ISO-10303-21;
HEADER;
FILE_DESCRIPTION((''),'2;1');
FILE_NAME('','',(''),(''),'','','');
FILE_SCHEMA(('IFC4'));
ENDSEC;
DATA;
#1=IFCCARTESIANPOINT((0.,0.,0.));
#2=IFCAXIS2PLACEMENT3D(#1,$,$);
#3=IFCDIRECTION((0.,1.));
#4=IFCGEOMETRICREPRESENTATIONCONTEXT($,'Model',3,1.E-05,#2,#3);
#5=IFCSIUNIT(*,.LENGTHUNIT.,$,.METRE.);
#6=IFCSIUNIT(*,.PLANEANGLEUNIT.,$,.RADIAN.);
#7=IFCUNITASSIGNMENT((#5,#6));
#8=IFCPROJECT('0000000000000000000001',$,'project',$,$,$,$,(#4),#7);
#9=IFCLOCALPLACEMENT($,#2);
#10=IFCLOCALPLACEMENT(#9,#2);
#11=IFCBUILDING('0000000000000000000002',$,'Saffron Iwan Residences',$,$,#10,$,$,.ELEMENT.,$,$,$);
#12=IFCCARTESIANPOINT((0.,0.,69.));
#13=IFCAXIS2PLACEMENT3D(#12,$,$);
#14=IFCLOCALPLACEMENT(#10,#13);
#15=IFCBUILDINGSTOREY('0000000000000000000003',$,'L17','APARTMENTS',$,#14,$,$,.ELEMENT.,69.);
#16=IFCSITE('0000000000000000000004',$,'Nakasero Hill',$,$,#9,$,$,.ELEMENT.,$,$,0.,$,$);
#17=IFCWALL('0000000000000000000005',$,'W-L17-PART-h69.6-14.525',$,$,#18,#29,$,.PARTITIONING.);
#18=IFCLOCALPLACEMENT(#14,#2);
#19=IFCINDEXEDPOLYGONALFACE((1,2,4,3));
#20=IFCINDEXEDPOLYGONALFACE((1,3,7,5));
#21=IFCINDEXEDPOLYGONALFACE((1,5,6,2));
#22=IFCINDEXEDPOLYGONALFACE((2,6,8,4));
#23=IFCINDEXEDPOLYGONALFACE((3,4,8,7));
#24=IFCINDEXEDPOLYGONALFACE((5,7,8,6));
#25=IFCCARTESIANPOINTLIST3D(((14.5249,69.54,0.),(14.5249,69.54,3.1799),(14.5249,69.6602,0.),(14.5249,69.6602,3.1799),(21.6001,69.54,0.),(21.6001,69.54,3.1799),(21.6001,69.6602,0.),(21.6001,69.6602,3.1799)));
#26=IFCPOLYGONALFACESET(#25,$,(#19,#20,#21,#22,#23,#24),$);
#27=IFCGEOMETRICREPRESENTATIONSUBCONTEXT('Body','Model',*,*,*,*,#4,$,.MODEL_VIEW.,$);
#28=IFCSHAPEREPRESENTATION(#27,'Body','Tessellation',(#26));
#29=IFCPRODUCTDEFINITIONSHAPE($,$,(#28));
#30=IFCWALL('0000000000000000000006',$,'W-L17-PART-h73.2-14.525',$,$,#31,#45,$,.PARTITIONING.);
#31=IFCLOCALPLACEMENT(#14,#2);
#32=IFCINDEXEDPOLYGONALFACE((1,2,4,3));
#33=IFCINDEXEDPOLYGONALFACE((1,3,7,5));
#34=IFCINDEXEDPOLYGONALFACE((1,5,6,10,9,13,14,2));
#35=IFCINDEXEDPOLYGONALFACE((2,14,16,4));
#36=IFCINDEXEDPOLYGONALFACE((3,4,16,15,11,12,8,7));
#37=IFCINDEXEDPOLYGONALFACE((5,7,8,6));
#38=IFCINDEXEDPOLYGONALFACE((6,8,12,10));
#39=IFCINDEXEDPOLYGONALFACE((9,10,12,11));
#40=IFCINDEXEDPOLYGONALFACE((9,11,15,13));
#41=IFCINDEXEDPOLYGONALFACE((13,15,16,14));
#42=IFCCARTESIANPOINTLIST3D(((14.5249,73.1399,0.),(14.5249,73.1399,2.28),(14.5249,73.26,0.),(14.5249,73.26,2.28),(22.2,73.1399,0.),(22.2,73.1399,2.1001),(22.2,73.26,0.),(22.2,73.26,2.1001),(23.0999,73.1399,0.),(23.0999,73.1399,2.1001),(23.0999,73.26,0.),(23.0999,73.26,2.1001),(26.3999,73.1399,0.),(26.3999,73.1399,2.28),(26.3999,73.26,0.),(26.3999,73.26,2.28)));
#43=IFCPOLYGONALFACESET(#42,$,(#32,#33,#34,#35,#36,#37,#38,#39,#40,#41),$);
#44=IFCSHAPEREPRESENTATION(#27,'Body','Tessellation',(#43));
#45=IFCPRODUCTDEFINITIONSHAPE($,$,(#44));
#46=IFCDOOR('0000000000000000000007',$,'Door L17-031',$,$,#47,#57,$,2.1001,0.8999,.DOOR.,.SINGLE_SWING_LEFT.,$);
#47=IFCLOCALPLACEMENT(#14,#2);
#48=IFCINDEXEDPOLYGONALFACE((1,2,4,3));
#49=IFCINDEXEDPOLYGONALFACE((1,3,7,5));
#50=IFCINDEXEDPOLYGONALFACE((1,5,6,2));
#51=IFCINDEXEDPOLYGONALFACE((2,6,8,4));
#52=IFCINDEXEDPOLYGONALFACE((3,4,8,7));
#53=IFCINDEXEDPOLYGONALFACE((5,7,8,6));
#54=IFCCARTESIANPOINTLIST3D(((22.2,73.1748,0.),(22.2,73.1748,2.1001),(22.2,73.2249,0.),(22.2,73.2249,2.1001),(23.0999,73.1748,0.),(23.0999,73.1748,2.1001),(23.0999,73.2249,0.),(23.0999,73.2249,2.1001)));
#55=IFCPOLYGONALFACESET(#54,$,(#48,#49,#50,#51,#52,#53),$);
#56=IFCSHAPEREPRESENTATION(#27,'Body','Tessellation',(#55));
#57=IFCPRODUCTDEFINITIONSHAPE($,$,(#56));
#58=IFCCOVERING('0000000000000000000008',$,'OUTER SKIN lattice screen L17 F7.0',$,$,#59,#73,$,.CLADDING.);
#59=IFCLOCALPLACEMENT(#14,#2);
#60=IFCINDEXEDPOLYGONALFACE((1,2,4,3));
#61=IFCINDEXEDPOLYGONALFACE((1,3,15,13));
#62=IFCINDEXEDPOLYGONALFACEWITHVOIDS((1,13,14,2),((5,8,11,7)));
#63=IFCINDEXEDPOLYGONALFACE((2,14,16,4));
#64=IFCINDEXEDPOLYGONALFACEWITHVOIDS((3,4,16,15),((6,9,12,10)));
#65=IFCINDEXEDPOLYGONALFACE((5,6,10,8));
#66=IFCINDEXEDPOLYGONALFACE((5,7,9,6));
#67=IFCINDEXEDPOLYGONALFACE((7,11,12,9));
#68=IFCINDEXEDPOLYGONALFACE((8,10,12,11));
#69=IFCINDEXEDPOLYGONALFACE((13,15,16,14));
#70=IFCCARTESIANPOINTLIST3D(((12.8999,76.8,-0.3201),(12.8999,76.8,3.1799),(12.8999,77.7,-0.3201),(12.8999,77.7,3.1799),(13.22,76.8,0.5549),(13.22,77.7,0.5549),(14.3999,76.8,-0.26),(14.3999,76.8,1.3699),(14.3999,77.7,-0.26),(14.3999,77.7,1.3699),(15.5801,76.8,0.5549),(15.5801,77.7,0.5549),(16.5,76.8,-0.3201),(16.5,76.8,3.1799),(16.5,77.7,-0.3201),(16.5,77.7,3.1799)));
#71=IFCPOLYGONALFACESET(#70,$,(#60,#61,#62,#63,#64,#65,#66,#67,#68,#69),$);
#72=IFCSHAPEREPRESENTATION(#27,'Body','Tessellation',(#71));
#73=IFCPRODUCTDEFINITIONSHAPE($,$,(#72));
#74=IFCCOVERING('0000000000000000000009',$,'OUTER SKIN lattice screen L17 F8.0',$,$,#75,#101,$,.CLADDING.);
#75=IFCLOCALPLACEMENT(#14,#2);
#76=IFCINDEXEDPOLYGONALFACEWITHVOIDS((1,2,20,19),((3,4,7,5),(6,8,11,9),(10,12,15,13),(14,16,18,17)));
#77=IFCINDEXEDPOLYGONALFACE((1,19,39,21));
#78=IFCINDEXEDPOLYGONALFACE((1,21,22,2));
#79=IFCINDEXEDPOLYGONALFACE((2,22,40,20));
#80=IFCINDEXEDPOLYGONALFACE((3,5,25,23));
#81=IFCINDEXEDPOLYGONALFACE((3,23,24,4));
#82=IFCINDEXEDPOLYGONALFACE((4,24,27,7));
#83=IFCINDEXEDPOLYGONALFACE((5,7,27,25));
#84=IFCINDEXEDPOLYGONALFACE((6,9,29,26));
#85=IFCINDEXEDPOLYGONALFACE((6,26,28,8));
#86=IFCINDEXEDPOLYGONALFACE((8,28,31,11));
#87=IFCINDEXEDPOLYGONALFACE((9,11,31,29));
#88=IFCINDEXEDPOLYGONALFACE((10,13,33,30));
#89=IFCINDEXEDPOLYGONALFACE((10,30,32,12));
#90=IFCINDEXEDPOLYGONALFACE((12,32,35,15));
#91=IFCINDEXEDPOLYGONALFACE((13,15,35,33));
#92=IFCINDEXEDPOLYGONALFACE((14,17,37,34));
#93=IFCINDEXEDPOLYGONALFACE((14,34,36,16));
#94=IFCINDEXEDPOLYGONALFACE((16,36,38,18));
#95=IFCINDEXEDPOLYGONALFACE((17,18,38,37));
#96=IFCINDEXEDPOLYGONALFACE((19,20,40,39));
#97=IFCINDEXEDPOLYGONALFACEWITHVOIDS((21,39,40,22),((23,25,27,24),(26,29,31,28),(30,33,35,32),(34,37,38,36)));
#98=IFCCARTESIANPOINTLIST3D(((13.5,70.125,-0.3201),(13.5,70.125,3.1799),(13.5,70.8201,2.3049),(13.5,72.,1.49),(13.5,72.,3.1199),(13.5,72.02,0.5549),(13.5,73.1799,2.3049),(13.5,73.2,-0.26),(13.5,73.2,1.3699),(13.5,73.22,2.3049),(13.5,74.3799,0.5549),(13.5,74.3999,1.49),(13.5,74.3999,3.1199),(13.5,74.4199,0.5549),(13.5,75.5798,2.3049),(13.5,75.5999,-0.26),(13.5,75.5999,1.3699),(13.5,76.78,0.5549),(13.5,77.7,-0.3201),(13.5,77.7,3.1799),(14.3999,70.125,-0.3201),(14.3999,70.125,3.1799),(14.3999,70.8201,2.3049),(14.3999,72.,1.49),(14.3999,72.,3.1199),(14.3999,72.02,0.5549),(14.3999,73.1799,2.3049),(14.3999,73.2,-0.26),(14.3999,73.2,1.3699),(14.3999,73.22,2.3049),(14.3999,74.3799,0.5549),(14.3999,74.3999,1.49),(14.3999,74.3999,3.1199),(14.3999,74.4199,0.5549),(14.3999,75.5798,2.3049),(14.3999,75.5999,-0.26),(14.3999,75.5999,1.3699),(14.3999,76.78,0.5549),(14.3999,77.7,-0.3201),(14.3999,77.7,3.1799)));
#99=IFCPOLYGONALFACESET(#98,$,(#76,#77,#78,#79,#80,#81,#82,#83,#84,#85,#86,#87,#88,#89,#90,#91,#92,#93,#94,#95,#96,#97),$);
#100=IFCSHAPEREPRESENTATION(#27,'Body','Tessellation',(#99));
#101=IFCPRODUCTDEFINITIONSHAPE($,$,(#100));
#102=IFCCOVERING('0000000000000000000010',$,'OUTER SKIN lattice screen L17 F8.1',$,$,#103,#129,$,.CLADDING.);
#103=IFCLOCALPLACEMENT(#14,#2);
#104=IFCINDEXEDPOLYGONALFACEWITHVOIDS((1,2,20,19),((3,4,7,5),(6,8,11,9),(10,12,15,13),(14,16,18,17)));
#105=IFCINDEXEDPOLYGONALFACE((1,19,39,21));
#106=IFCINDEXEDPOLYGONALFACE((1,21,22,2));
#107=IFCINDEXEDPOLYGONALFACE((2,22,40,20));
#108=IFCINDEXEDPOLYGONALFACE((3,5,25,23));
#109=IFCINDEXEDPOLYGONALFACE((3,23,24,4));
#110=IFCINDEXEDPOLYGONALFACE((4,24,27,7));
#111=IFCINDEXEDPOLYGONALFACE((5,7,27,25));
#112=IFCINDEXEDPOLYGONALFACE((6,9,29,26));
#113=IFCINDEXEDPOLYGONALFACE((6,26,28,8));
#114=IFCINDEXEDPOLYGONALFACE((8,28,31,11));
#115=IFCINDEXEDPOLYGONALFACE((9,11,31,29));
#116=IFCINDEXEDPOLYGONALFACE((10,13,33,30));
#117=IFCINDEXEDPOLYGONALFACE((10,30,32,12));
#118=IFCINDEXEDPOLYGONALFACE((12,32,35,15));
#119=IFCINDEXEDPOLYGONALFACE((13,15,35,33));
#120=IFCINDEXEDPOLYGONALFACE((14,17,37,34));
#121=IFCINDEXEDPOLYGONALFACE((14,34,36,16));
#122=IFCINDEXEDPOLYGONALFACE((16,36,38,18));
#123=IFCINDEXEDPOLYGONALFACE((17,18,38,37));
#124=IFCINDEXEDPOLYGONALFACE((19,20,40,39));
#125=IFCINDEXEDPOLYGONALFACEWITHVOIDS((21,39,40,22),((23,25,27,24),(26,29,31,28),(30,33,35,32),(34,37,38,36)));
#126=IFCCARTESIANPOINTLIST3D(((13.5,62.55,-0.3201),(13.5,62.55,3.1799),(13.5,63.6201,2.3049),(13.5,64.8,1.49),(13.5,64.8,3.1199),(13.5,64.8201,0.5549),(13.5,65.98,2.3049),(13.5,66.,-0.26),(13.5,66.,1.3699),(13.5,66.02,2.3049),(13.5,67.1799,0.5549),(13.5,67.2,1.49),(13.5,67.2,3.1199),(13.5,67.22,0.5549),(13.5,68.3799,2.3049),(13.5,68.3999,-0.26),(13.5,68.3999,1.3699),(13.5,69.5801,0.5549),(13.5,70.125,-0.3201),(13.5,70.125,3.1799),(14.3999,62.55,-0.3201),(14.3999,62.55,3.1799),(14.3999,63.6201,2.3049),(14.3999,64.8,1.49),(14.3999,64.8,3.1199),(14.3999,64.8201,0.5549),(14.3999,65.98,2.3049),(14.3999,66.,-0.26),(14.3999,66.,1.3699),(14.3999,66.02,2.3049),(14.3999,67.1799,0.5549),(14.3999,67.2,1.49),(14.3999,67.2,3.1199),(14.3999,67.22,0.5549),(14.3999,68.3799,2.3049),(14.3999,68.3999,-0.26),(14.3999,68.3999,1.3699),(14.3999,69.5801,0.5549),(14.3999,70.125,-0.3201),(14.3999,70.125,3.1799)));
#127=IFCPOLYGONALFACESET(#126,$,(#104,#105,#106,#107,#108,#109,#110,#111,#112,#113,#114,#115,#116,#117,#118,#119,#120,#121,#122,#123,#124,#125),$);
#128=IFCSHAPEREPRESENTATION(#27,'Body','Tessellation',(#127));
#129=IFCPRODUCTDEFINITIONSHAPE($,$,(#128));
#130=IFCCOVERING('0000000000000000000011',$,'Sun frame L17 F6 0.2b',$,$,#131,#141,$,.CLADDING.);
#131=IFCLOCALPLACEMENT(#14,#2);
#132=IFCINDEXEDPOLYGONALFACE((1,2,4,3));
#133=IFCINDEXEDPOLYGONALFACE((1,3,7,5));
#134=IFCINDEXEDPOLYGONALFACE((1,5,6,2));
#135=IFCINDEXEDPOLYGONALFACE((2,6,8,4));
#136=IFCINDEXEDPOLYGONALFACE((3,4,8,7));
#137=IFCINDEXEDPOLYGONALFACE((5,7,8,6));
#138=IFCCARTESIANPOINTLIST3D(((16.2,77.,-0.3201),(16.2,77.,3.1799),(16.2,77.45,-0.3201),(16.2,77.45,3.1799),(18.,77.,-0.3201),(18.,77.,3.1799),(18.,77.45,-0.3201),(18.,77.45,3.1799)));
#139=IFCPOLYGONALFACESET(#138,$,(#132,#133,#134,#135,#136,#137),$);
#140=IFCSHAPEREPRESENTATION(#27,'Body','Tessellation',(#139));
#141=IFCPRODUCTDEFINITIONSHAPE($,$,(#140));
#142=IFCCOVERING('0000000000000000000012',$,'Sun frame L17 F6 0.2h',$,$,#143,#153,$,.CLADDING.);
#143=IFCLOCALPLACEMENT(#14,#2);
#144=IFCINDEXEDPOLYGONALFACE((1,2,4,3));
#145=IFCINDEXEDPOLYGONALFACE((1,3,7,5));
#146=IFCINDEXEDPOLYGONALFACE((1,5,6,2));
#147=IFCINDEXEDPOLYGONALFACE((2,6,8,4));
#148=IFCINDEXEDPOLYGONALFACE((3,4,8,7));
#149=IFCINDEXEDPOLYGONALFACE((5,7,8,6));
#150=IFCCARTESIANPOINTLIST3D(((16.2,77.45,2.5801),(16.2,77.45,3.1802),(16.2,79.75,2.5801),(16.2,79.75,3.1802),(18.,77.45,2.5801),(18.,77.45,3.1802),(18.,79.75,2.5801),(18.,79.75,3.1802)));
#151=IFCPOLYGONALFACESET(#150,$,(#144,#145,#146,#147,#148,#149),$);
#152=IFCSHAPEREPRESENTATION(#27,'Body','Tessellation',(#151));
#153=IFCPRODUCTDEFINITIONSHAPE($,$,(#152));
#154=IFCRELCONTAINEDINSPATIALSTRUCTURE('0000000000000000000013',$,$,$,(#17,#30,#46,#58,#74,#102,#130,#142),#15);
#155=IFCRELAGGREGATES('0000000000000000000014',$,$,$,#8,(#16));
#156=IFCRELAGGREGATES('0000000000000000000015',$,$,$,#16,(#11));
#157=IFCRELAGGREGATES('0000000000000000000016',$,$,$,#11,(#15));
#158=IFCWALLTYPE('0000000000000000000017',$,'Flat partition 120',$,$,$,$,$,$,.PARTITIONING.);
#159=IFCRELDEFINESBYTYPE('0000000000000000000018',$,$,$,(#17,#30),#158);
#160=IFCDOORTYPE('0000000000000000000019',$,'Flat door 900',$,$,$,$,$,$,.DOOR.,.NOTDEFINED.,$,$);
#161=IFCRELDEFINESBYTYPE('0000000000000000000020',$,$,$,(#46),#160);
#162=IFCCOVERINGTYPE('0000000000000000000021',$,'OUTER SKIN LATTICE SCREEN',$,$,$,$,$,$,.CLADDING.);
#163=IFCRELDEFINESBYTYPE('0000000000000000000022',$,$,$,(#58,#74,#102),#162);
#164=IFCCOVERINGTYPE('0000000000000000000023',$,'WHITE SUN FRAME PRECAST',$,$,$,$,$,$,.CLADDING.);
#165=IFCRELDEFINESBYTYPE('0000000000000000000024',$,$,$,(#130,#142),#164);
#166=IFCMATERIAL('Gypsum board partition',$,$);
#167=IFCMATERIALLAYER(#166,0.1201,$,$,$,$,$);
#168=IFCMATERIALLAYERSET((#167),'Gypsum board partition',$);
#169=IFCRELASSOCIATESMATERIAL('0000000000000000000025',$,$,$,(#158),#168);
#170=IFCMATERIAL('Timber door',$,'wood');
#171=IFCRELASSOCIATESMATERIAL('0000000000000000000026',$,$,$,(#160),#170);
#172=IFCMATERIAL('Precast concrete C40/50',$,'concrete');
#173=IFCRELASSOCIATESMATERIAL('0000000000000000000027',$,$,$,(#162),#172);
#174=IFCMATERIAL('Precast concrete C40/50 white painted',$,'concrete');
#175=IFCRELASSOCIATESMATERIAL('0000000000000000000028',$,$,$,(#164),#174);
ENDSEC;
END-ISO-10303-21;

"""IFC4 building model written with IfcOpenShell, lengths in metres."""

from ifc_helpers import new_model, si_unit, direction, frame, frame_2d, origin, place, context, subcontext, project, spatial, polyline, rectangle, outline, extrude, material, layer, layer_set, type_object, element, fill, save


model = new_model("IFC4")

# Units and contexts
model_context = context("Model", 3, precision=1e-05, world=origin(), true_north=direction((0.0, 1.0)))
body_context = subcontext(model_context, "Body", "Model", "MODEL_VIEW")
ifc_project = project(units=[si_unit("LENGTHUNIT", "METRE"), si_unit("PLANEANGLEUNIT", "RADIAN")], contexts=[model_context])

# Site, building, storey
site_placement = place(None, origin())
site = spatial("IfcSite", under=ifc_project, at=site_placement, Name="Nakasero Hill", CompositionType="ELEMENT", RefElevation=0.0)
building_placement = place(site_placement, origin())
building = spatial("IfcBuilding", under=site, at=building_placement, Name="Saffron Iwan Residences", CompositionType="ELEMENT")
storey_placement = place(building_placement, frame((0.0, 0.0, 69.0)))
storey = spatial("IfcBuildingStorey", under=building, at=storey_placement, Name="L17", Description="APARTMENTS", CompositionType="ELEMENT", Elevation=69.0)

# Wall
ifc_material_1 = material(Name="Gypsum board partition")
ifc_layer_1 = layer(ifc_material_1, 0.1201)
ifc_layer_set_1 = layer_set([ifc_layer_1], Name="Gypsum board partition")
wall_type_1 = type_object("IfcWallType", Name="Flat partition 120", PredefinedType="PARTITIONING", material=ifc_layer_set_1)
wall_1_placement = place(storey_placement, frame((14.5249, 69.6001, 0.0), z_axis=(0.0, 0.0, 1.0), x_axis=(1.0, 0.0, 0.0)))
element("IfcWall", 1, at=wall_1_placement, inside=storey, type_object=wall_type_1, Name="W-L17-PART-h69.6-14.525", PredefinedType="PARTITIONING", context=body_context, shape_type="SweptSolid", body=[
    extrude(rectangle(XDim=7.0752, YDim=0.1201, at=frame_2d((3.5376, 0.0))), origin(), (0.0, 0.0, 1.0), 3.1799),
])

# Wall, opening, door
wall_2_placement = place(storey_placement, frame((14.5249, 73.2, 0.0), z_axis=(0.0, 0.0, 1.0), x_axis=(1.0, 0.0, 0.0)))
wall_2 = element("IfcWall", 2, at=wall_2_placement, inside=storey, type_object=wall_type_1, Name="W-L17-PART-h73.2-14.525", PredefinedType="PARTITIONING", context=body_context, shape_type="SweptSolid", body=[
    extrude(rectangle(XDim=11.875, YDim=0.1201, at=frame_2d((5.9375, 0.0))), origin(), (0.0, 0.0, 1.0), 2.28),
])
opening_1_placement = place(wall_2_placement, frame((7.675, 0.0, 0.0)))
opening_1 = element("IfcOpeningElement", 3, at=opening_1_placement, cuts=wall_2, PredefinedType="OPENING", context=body_context, shape_type="SweptSolid", body=[
    extrude(rectangle(XDim=0.8999, YDim=2.1001, at=frame_2d((0.45, 1.05))), frame((0.0, 0.0701, 0.0), z_axis=(0.0, -1.0, 0.0), x_axis=(1.0, 0.0, 0.0)), (0.0, 0.0, 1.0), 0.1401),
])
ifc_material_2 = material(Name="Timber door", Category="wood")
door_type = type_object("IfcDoorType", Name="Flat door 900", OperationType="NOTDEFINED", PredefinedType="DOOR", material=ifc_material_2)
door_placement = place(opening_1_placement, origin())
door = element("IfcDoor", 4, at=door_placement, inside=storey, type_object=door_type, Name="Door L17-031", OperationType="SINGLE_SWING_LEFT", OverallHeight=2.1001, OverallWidth=0.8999, PredefinedType="DOOR", context=body_context, shape_type="SweptSolid", body=[
    extrude(rectangle(XDim=0.8999, YDim=2.1001, at=frame_2d((0.45, 1.05))), frame((0.0, 0.0249, 0.0), z_axis=(0.0, -1.0, 0.0), x_axis=(1.0, 0.0, 0.0)), (0.0, 0.0, 1.0), 0.05),
])
fill(opening_1, door)

# Coverings
ifc_material_3 = material(Name="Precast concrete C40/50", Category="concrete")
covering_type_1 = type_object("IfcCoveringType", Name="OUTER SKIN LATTICE SCREEN", PredefinedType="CLADDING", material=ifc_material_3)
covering_1_placement = place(storey_placement, frame((16.5, 76.8, -0.3201), z_axis=(0.0, 1.0, 0.0), x_axis=(-1.0, 0.0, 0.0)))
element("IfcCovering", 5, at=covering_1_placement, inside=storey, type_object=covering_type_1, Name="OUTER SKIN lattice screen L17 F7.0", PredefinedType="CLADDING", context=body_context, shape_type="SweptSolid", body=[
    extrude(outline(polyline([(0.0, 0.0), (3.6001, 0.0), (3.6001, 3.5), (0.0, 3.5), (0.0, 0.0)]), holes=[polyline([(0.9199, 0.875), (2.1001, 0.0601), (3.28, 0.875), (2.1001, 1.6899), (0.9199, 0.875)])]), origin(), (0.0, 0.0, 1.0), 0.8999),
])
covering_2_placement = place(storey_placement, frame((14.3999, 77.7, -0.3201), z_axis=(-1.0, 0.0, 0.0), x_axis=(0.0, -1.0, 0.0)))
element("IfcCovering", 6, at=covering_2_placement, inside=storey, type_object=covering_type_1, Name="OUTER SKIN lattice screen L17 F8.0", PredefinedType="CLADDING", context=body_context, shape_type="SweptSolid", body=[
    extrude(outline(polyline([(0.0, 0.0), (7.575, 0.0), (7.575, 3.5), (0.0, 3.5), (0.0, 0.0)]), holes=[polyline([(0.9199, 0.875), (2.1001, 0.0601), (3.28, 0.875), (2.1001, 1.6899), (0.9199, 0.875)]), polyline([(3.3201, 0.875), (4.5, 0.0601), (5.6799, 0.875), (4.5, 1.6899), (3.3201, 0.875)]), polyline([(2.1201, 2.625), (3.3, 1.8101), (4.48, 2.625), (3.3, 3.4399), (2.1201, 2.625)]), polyline([(4.52, 2.625), (5.7, 1.8101), (6.8799, 2.625), (5.7, 3.4399), (4.52, 2.625)])]), origin(), (0.0, 0.0, 1.0), 0.8999),
])
covering_3_placement = place(storey_placement, frame((14.3999, 70.125, -0.3201), z_axis=(-1.0, 0.0, 0.0), x_axis=(0.0, -1.0, 0.0)))
element("IfcCovering", 7, at=covering_3_placement, inside=storey, type_object=covering_type_1, Name="OUTER SKIN lattice screen L17 F8.1", PredefinedType="CLADDING", context=body_context, shape_type="SweptSolid", body=[
    extrude(outline(polyline([(0.0, 0.0), (7.575, 0.0), (7.575, 3.5), (0.0, 3.5), (0.0, 0.0)]), holes=[polyline([(0.5449, 0.875), (1.7251, 0.0601), (2.905, 0.875), (1.7251, 1.6899), (0.5449, 0.875)]), polyline([(2.9451, 0.875), (4.125, 0.0601), (5.3049, 0.875), (4.125, 1.6899), (2.9451, 0.875)]), polyline([(1.7451, 2.625), (2.925, 1.8101), (4.105, 2.625), (2.925, 3.4399), (1.7451, 2.625)]), polyline([(4.145, 2.625), (5.325, 1.8101), (6.5049, 2.625), (5.325, 3.4399), (4.145, 2.625)])]), origin(), (0.0, 0.0, 1.0), 0.8999),
])
ifc_material_4 = material(Name="Precast concrete C40/50 white painted", Category="concrete")
covering_type_2 = type_object("IfcCoveringType", Name="WHITE SUN FRAME PRECAST", PredefinedType="CLADDING", material=ifc_material_4)
covering_4_placement = place(storey_placement, frame((18.0, 77.45, -0.3201), z_axis=(-1.0, 0.0, 0.0), x_axis=(0.0, -1.0, 0.0)))
element("IfcCovering", 8, at=covering_4_placement, inside=storey, type_object=covering_type_2, Name="Sun frame L17 F6 0.2b", PredefinedType="CLADDING", context=body_context, shape_type="SweptSolid", body=[
    extrude(outline(polyline([(0.0, 0.0), (0.45, 0.0), (0.45, 3.5), (0.0, 3.5), (0.0, 0.0)])), origin(), (0.0, 0.0, 1.0), 1.8),
])
covering_5_placement = place(storey_placement, frame((18.0, 79.75, 2.5801), z_axis=(-1.0, 0.0, 0.0), x_axis=(0.0, -1.0, 0.0)))
element("IfcCovering", 9, at=covering_5_placement, inside=storey, type_object=covering_type_2, Name="Sun frame L17 F6 0.2h", PredefinedType="CLADDING", context=body_context, shape_type="SweptSolid", body=[
    extrude(outline(polyline([(0.0, 0.0), (2.3, 0.0), (2.3, 0.6001), (0.0, 0.6001), (0.0, 0.0)])), origin(), (0.0, 0.0, 1.0), 1.8),
])

save(model, "model.ifc")
